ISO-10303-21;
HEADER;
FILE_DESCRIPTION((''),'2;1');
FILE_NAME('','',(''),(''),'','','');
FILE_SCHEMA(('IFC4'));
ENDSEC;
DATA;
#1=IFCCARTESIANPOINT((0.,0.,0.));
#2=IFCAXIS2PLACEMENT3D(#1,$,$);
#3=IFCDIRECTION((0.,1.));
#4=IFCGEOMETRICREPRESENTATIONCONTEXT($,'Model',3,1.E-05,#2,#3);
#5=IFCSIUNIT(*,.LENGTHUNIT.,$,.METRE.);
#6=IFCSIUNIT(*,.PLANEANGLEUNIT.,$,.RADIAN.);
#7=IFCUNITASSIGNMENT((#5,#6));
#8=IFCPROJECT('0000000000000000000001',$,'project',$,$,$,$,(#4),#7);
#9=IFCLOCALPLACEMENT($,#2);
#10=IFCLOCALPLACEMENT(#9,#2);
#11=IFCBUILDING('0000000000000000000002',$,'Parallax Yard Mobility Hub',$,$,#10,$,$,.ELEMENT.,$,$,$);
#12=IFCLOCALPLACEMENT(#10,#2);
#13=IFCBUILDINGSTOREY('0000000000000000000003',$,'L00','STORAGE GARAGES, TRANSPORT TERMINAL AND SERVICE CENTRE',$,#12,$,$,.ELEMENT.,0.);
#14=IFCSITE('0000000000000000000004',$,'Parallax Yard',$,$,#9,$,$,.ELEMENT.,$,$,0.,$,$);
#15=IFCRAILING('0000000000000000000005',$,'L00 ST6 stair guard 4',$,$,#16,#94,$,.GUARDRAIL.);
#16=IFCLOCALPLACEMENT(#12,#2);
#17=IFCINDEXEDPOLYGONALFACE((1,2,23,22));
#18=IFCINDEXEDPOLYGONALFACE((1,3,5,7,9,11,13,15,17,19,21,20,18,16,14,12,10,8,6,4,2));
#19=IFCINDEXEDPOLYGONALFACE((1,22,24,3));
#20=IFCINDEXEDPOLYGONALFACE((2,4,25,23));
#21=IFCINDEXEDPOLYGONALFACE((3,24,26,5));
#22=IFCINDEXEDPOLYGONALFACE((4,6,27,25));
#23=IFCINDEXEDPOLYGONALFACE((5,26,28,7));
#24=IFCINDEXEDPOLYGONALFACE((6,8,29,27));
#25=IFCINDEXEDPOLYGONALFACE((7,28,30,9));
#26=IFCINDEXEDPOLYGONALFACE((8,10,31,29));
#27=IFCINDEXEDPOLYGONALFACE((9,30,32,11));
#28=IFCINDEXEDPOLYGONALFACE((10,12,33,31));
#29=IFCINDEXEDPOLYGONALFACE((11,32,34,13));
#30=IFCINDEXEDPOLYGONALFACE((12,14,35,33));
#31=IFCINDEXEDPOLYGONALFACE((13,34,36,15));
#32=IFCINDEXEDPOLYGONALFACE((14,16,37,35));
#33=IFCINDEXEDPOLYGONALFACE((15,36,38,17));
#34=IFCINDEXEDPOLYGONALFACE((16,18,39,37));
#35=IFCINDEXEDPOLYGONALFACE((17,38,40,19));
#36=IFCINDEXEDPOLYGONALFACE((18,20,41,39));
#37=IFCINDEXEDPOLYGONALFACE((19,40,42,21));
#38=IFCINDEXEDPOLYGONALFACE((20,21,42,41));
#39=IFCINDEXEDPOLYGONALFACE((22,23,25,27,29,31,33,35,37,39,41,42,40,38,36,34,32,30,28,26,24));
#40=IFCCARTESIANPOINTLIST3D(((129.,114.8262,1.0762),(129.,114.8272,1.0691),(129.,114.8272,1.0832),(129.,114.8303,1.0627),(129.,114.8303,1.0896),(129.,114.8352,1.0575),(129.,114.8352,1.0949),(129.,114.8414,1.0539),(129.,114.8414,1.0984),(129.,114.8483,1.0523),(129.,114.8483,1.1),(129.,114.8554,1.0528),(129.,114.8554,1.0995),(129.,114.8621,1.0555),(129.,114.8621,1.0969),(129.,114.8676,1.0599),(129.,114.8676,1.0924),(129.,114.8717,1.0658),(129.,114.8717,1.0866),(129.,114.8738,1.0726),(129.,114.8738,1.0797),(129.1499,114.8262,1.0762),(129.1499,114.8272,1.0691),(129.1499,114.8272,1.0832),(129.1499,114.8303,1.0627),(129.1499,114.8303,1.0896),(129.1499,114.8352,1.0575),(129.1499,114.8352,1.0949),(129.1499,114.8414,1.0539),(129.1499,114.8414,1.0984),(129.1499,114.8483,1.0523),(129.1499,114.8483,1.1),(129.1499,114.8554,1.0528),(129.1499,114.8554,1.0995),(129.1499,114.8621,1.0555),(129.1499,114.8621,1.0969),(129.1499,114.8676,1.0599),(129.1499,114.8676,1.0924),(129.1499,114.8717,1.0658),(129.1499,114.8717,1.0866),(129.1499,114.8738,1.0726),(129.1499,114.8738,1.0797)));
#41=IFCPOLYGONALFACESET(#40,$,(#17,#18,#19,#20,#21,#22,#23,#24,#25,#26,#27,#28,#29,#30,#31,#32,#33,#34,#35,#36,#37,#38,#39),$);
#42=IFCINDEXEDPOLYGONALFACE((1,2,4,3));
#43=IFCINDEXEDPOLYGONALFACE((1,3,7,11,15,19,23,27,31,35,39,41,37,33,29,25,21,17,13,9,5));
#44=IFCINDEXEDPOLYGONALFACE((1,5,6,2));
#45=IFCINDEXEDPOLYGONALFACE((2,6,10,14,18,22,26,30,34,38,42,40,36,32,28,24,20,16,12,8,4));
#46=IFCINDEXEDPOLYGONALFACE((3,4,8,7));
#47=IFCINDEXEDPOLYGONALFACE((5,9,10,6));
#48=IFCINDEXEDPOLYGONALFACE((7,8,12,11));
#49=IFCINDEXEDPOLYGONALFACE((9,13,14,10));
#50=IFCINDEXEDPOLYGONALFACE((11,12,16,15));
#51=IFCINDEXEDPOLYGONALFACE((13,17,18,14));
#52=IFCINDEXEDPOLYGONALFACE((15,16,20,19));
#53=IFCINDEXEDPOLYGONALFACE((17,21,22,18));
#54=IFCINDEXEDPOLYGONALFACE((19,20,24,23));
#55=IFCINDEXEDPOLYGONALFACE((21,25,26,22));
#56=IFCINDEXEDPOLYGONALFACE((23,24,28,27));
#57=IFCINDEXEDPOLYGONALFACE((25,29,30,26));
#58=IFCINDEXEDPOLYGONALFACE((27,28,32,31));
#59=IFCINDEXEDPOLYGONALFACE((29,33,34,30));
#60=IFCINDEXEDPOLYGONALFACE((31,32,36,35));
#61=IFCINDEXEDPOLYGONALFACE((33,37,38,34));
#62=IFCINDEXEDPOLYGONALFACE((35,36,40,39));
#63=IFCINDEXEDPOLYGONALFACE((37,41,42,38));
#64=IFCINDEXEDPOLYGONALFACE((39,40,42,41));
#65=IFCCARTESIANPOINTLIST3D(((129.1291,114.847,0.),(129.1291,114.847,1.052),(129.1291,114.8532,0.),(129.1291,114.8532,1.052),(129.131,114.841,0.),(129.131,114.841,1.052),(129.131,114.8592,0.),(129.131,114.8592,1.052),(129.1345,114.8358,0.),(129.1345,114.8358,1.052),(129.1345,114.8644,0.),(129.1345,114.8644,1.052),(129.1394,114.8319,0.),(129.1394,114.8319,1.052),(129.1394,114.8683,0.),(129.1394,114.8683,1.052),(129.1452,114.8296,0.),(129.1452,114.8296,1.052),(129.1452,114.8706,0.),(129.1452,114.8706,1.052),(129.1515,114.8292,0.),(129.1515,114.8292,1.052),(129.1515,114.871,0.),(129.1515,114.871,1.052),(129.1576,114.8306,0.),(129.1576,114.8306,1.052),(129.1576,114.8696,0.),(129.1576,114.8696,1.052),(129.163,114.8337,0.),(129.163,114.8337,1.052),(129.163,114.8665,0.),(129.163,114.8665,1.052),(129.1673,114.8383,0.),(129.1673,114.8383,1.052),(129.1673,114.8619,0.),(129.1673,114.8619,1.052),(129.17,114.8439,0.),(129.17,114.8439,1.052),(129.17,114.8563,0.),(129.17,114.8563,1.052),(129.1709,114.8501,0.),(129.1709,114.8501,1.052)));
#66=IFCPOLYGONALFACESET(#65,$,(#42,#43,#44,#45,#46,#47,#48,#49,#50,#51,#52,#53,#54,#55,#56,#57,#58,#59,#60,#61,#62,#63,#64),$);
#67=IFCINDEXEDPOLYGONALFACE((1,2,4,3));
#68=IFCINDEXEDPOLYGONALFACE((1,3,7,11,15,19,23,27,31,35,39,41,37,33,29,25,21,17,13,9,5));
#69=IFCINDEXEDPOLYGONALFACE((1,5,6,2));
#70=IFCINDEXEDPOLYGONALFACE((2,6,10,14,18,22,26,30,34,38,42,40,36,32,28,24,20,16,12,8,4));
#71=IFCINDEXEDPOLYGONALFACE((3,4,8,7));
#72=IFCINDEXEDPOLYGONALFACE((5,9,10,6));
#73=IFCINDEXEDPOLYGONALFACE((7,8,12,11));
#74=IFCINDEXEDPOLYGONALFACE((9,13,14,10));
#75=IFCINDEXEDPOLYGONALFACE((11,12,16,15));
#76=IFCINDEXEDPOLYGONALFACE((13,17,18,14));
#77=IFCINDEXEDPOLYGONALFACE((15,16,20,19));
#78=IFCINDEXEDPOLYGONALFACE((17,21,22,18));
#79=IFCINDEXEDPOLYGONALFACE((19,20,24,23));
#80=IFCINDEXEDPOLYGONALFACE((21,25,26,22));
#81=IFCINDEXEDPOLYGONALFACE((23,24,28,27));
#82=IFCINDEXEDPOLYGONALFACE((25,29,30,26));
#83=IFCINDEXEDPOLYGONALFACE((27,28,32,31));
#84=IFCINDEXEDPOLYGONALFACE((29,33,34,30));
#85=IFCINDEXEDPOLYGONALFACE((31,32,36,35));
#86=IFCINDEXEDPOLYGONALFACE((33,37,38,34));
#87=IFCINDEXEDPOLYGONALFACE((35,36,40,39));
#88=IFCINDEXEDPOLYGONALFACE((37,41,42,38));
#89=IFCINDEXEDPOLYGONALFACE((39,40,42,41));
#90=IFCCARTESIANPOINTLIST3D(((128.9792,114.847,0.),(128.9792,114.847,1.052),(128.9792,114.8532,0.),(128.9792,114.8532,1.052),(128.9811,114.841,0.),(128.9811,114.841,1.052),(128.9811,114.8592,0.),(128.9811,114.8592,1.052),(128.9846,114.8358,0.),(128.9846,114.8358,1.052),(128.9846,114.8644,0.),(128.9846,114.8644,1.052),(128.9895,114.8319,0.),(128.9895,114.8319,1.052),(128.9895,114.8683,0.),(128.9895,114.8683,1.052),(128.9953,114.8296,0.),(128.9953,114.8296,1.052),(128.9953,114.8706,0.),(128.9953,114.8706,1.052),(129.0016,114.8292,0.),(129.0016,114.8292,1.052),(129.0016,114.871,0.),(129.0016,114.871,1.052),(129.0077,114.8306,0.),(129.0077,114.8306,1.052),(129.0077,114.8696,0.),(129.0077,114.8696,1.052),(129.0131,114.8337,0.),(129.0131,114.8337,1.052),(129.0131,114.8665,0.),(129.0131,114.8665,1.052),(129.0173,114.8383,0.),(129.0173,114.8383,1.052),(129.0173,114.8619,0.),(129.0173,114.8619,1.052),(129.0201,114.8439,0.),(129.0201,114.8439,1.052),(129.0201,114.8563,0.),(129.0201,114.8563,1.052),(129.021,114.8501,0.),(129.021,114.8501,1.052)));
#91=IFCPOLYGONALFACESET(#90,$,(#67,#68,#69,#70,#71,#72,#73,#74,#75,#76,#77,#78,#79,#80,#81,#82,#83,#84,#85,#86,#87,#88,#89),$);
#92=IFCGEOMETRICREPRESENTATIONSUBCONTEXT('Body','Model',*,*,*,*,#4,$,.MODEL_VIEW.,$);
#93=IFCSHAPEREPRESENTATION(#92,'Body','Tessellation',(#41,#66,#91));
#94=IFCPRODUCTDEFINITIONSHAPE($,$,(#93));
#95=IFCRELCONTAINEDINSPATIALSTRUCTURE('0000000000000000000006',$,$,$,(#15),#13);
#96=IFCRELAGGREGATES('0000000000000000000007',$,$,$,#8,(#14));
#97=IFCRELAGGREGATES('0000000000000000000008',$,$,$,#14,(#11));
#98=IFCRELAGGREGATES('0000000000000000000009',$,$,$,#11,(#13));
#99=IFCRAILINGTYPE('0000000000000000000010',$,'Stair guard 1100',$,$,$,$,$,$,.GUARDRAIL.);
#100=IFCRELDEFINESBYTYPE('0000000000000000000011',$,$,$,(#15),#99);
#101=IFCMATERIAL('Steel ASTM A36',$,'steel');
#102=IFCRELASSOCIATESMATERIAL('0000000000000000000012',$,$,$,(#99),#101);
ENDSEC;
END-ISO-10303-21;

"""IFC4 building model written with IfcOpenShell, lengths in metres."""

from ifc_helpers import new_model, si_unit, direction, frame, origin, origin_2d, place, context, subcontext, project, spatial, circle, extrude, material, type_object, element, save


model = new_model("IFC4")

# Units and contexts
model_context = context("Model", 3, precision=1e-05, world=origin(), true_north=direction((0.0, 1.0)))
body_context = subcontext(model_context, "Body", "Model", "MODEL_VIEW")
ifc_project = project(units=[si_unit("LENGTHUNIT", "METRE"), si_unit("PLANEANGLEUNIT", "RADIAN")], contexts=[model_context])

# Site, building, storey
site_placement = place(None, origin())
site = spatial("IfcSite", under=ifc_project, at=site_placement, Name="Parallax Yard", CompositionType="ELEMENT", RefElevation=0.0)
building_placement = place(site_placement, origin())
building = spatial("IfcBuilding", under=site, at=building_placement, Name="Parallax Yard Mobility Hub", CompositionType="ELEMENT")
storey_placement = place(building_placement, origin())
storey = spatial("IfcBuildingStorey", under=building, at=storey_placement, Name="L00", Description="STORAGE GARAGES, TRANSPORT TERMINAL AND SERVICE CENTRE", CompositionType="ELEMENT", Elevation=0.0)

# Railing
ifc_material_1 = material(Name="Steel ASTM A36", Category="steel")
railing_type_1 = type_object("IfcRailingType", Name="Stair guard 1100", PredefinedType="GUARDRAIL", material=ifc_material_1)
railing_1_placement = place(storey_placement, frame((129.1499, 114.8501, 0.0)))
element("IfcRailing", 1, at=railing_1_placement, inside=storey, type_object=railing_type_1, Name="L00 ST6 stair guard 4", PredefinedType="GUARDRAIL", context=body_context, shape_type="SweptSolid", body=[
    extrude(circle(Radius=0.0239, at=origin_2d()), frame((0.0, 0.0, 1.0762), z_axis=(-1.0, 0.0, 0.0), x_axis=(0.0, -1.0, 0.0)), (0.0, 0.0, 1.0), 0.1499),
    extrude(circle(Radius=0.021, at=origin_2d()), origin(), (0.0, 0.0, 1.0), 1.052),
    extrude(circle(Radius=0.021, at=origin_2d()), frame((-0.1499, 0.0, 0.0)), (0.0, 0.0, 1.0), 1.052),
])

save(model, "model.ifc")
